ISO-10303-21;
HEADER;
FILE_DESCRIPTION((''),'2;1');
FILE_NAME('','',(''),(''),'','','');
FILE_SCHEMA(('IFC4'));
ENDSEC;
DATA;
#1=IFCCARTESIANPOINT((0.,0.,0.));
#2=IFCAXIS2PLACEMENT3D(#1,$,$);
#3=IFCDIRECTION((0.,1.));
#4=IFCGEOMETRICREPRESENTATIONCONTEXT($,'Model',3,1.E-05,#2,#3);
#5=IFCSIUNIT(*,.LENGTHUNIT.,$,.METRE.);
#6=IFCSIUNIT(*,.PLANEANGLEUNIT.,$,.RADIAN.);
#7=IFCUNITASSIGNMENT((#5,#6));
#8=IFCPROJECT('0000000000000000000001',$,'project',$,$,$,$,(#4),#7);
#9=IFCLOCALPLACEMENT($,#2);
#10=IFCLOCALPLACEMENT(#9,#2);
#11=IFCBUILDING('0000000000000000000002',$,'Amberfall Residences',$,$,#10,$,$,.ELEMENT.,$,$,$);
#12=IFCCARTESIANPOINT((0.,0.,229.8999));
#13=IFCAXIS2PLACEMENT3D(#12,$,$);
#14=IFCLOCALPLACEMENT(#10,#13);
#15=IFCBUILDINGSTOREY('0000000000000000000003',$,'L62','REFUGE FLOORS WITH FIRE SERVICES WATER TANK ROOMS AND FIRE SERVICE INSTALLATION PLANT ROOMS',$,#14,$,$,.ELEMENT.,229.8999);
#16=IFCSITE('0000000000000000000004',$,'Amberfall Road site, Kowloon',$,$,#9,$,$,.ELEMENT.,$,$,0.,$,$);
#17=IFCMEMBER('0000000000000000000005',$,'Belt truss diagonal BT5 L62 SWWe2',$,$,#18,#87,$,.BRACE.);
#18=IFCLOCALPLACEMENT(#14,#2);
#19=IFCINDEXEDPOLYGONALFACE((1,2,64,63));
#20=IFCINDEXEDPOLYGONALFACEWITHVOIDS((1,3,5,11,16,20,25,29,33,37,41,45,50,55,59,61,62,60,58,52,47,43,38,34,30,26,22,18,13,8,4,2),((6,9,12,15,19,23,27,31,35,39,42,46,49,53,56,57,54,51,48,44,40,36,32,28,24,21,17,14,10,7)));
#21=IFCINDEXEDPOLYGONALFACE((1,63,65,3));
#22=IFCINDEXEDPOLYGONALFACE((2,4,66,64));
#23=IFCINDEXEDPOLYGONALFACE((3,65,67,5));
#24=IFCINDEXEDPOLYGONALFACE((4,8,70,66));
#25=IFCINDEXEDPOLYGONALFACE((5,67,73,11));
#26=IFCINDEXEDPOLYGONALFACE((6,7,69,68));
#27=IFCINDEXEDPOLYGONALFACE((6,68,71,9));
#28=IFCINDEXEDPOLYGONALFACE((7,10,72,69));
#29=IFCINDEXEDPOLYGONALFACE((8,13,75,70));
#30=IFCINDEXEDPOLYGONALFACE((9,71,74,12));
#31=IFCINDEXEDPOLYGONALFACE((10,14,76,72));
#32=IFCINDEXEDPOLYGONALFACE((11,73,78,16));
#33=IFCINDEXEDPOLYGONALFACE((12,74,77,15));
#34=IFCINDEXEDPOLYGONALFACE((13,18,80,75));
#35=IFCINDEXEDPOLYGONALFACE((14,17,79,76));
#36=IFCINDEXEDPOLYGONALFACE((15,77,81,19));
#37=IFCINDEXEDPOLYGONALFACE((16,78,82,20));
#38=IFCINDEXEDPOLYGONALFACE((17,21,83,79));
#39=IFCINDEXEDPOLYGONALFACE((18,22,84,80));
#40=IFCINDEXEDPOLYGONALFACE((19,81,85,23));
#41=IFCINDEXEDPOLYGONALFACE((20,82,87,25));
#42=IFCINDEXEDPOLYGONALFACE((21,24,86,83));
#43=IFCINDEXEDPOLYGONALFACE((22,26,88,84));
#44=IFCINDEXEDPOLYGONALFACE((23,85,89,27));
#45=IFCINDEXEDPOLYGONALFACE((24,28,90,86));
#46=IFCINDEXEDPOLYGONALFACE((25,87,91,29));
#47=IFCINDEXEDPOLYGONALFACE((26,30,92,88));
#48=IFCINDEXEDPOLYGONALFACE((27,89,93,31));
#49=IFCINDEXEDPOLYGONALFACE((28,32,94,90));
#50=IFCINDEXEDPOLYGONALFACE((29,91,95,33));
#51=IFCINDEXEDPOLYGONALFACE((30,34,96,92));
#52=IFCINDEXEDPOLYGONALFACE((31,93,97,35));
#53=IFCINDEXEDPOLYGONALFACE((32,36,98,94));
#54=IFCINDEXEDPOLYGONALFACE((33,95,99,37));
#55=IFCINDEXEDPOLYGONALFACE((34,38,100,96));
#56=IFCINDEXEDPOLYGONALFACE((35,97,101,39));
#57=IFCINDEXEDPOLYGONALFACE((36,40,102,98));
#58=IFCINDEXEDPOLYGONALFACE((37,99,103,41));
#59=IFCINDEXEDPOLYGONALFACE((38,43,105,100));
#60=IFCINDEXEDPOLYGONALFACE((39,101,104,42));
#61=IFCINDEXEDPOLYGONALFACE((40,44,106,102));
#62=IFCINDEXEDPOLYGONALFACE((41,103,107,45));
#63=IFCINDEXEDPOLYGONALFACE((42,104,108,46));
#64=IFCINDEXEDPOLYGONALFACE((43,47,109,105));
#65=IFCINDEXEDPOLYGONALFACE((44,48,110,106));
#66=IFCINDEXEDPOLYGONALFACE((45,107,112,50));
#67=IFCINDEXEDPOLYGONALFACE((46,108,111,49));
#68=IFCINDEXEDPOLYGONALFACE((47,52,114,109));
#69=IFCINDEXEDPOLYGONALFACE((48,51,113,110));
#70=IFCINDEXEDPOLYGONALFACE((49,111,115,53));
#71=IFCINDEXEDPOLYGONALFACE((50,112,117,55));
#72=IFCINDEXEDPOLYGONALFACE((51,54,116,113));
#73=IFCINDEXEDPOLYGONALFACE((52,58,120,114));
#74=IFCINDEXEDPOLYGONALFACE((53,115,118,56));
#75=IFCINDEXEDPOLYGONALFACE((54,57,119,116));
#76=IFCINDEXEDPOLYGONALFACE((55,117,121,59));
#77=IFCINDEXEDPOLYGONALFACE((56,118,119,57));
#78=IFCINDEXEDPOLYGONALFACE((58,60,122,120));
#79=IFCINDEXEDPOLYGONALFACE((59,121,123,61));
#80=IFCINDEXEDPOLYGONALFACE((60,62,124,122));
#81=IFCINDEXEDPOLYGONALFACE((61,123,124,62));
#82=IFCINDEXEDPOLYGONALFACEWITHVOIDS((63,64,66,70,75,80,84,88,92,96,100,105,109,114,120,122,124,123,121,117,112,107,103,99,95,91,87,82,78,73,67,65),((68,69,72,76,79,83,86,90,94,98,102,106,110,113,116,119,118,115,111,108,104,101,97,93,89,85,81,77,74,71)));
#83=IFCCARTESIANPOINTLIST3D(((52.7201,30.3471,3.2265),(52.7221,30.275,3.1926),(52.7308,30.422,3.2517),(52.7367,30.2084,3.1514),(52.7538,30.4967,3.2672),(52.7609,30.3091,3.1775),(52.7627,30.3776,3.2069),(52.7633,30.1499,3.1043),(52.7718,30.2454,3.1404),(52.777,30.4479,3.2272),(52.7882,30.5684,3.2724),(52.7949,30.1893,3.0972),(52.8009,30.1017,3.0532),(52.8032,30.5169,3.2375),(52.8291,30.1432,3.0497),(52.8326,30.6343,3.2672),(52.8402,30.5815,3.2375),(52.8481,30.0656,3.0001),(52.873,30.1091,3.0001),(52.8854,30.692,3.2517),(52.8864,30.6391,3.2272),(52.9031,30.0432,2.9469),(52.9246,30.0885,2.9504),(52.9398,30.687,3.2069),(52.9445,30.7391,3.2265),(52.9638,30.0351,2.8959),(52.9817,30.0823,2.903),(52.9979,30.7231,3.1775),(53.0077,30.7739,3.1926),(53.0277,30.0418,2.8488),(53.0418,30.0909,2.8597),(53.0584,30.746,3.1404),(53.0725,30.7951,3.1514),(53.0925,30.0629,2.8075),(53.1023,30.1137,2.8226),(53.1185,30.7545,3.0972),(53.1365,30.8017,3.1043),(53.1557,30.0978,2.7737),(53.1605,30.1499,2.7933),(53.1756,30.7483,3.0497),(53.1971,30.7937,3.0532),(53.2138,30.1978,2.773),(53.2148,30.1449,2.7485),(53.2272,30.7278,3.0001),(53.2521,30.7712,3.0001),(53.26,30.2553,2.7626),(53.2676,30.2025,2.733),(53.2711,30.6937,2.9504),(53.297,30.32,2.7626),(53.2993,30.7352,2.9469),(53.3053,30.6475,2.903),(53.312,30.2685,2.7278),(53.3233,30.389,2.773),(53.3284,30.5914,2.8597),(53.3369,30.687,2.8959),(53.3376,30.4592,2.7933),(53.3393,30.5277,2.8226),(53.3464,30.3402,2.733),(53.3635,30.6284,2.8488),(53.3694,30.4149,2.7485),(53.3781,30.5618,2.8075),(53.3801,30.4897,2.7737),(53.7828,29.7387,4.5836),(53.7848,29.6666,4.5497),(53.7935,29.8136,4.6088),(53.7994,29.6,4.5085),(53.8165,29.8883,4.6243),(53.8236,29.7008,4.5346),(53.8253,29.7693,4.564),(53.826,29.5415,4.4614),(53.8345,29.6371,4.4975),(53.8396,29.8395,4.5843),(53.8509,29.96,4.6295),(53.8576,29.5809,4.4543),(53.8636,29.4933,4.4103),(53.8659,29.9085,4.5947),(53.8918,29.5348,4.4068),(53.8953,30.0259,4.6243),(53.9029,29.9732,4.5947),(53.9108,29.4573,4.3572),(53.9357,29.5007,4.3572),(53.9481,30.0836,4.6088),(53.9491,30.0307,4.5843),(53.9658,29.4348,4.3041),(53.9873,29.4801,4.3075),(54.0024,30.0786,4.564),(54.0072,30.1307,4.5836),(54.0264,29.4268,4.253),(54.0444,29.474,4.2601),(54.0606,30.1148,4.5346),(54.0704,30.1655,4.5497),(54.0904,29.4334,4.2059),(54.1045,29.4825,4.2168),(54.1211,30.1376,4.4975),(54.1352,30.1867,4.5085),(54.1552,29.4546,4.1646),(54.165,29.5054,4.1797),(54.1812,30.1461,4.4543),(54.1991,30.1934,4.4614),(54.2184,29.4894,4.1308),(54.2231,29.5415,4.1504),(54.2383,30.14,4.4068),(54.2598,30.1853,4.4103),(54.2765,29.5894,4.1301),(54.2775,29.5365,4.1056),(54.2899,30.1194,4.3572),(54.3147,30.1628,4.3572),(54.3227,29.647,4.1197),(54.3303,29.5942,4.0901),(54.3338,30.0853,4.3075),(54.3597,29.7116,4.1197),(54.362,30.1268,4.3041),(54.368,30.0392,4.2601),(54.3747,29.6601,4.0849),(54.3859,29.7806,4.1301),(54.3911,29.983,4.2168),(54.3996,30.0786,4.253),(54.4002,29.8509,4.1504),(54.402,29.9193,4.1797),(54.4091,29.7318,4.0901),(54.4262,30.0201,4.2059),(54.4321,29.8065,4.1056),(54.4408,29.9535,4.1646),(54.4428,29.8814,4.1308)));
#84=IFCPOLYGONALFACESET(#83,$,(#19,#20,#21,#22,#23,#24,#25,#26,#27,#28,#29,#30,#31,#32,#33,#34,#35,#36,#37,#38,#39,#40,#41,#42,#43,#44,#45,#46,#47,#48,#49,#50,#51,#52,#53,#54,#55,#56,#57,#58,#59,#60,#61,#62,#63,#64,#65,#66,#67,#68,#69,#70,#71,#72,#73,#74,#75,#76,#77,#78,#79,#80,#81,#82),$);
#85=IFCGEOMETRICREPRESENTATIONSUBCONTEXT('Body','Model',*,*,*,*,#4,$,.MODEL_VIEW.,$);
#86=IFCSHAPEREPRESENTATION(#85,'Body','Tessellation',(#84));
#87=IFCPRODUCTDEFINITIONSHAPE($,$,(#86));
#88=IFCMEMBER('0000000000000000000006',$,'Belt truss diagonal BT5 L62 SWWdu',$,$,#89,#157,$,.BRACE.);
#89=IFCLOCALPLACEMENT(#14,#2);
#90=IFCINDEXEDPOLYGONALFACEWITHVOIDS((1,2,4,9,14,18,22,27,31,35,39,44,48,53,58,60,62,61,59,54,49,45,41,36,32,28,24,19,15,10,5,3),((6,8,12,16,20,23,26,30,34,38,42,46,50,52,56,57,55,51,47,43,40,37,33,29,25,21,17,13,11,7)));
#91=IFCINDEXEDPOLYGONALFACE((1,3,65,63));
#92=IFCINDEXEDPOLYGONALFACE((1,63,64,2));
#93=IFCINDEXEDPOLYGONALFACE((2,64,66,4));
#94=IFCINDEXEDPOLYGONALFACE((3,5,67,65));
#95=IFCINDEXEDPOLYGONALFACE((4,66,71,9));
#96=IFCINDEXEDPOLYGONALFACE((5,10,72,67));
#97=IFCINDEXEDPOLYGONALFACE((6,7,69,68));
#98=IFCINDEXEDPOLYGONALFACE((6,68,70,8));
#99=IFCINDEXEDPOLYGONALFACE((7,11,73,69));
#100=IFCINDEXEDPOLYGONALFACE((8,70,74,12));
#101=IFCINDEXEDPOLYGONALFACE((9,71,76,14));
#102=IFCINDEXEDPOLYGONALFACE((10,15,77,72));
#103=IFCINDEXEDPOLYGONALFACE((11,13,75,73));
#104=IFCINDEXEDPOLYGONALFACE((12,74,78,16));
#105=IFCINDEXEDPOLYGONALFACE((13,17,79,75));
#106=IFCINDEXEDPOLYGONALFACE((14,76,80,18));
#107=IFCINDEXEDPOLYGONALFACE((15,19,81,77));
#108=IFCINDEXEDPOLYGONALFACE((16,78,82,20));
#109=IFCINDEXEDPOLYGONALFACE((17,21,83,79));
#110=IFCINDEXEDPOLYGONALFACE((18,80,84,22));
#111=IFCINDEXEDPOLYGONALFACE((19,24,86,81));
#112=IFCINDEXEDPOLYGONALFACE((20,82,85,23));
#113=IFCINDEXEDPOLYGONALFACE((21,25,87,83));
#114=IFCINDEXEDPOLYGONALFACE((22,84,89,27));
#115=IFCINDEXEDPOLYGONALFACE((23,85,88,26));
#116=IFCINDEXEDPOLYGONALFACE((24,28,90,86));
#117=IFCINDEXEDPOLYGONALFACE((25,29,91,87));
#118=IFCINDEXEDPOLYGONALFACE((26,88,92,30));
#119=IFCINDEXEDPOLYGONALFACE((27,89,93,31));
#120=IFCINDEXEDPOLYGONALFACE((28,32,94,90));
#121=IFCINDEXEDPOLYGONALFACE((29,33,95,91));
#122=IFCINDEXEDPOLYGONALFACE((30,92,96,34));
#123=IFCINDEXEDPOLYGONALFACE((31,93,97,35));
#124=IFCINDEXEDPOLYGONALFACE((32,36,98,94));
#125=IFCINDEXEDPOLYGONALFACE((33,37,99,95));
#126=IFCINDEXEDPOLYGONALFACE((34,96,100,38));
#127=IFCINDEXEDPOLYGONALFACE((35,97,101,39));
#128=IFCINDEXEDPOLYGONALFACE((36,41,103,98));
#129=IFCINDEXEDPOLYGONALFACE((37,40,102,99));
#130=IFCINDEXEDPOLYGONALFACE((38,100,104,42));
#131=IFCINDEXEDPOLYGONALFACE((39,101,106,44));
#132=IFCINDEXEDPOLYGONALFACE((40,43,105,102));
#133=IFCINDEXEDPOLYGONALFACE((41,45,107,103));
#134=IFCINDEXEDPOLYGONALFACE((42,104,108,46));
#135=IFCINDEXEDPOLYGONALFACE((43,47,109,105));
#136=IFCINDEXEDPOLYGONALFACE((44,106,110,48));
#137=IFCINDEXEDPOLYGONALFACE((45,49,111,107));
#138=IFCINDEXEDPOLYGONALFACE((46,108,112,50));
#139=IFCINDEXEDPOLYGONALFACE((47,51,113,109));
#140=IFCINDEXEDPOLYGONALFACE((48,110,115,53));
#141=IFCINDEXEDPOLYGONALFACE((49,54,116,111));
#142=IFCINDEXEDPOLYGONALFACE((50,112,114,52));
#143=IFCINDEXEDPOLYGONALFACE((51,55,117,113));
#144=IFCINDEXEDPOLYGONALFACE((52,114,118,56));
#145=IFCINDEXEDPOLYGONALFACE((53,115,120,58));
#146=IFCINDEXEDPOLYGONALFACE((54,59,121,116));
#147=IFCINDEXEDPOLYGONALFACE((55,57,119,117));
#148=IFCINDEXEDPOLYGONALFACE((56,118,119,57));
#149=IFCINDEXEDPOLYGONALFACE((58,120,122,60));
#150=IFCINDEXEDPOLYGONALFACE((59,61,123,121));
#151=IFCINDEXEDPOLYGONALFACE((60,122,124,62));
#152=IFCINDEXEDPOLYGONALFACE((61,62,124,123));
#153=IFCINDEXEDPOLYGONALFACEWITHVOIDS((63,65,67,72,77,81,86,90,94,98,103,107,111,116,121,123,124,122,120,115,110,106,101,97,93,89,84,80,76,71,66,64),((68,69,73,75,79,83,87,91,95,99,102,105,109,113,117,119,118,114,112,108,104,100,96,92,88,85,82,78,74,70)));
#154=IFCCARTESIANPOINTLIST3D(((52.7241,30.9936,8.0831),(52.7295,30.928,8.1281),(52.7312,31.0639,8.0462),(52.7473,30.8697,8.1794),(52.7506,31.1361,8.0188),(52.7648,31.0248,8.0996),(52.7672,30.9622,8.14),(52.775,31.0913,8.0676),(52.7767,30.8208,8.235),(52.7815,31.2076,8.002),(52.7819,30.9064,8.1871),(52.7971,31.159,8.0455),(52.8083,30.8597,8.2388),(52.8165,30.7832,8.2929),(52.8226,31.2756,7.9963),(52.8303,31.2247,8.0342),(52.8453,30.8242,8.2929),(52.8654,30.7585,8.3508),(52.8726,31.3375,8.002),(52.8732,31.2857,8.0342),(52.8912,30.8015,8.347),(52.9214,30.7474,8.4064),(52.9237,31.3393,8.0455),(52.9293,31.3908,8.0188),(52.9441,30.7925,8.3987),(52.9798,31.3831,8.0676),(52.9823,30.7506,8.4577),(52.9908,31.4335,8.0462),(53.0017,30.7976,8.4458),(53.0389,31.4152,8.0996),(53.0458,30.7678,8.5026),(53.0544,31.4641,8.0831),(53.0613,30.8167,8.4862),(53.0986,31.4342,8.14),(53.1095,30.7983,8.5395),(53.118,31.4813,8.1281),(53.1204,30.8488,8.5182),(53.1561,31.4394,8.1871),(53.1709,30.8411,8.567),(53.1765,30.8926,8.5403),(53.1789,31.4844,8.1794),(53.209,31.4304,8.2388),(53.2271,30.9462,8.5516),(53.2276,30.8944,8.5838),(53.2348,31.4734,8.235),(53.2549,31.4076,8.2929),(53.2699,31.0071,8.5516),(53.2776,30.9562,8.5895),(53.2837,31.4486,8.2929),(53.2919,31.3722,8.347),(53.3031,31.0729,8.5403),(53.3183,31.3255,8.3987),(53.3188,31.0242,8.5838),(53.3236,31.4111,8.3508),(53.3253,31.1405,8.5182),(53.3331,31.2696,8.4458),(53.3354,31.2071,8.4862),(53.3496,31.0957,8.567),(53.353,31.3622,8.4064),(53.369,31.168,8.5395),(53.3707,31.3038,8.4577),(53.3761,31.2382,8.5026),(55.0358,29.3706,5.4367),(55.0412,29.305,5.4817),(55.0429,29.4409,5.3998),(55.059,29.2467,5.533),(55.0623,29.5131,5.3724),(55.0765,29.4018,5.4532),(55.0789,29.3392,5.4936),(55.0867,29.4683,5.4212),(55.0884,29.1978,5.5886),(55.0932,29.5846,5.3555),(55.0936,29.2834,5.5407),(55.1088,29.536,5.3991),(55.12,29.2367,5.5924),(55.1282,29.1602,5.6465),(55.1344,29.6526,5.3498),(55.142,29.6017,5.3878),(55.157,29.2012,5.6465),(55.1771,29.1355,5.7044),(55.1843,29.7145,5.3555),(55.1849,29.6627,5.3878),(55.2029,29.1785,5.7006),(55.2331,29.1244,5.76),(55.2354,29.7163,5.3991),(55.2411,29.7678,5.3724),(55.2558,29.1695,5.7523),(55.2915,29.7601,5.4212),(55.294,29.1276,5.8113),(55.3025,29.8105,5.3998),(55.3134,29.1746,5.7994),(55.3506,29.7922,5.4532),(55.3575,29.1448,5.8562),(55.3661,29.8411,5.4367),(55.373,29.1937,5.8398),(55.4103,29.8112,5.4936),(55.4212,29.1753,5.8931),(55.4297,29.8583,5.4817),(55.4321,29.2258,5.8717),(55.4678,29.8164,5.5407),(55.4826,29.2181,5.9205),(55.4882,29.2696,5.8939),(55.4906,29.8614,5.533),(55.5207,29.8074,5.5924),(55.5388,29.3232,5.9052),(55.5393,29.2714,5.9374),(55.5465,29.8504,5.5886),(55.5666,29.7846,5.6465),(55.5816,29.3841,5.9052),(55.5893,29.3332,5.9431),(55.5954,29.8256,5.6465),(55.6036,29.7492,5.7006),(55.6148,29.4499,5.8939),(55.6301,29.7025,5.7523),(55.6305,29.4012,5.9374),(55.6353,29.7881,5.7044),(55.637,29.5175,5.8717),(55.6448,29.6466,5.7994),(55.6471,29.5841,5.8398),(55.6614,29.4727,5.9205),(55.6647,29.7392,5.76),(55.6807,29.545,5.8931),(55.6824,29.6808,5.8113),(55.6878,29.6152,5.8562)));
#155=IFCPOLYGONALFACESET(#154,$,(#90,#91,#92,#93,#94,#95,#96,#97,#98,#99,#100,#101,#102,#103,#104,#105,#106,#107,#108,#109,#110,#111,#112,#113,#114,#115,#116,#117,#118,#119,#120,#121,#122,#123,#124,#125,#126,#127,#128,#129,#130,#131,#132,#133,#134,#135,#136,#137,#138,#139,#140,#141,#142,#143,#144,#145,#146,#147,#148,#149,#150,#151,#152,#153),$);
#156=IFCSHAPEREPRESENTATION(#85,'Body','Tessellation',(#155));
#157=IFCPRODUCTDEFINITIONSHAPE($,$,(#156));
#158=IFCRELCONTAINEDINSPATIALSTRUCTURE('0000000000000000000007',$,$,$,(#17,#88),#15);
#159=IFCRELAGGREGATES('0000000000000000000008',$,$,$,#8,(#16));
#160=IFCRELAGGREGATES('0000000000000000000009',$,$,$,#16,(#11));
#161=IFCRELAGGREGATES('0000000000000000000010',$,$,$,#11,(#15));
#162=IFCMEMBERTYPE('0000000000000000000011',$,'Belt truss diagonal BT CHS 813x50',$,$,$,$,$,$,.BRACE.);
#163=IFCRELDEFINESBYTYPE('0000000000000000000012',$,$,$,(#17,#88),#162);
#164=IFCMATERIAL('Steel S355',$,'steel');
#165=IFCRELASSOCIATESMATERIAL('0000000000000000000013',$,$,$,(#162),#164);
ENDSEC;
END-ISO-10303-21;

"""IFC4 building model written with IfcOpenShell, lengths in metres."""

from ifc_helpers import new_model, si_unit, direction, frame, origin, origin_2d, place, context, subcontext, project, spatial, hollow_circle, extrude, material, material_profile, profile_set, type_object, element, save


model = new_model("IFC4")

# Units and contexts
model_context = context("Model", 3, precision=1e-05, world=origin(), true_north=direction((0.0, 1.0)))
body_context = subcontext(model_context, "Body", "Model", "MODEL_VIEW")
ifc_project = project(units=[si_unit("LENGTHUNIT", "METRE"), si_unit("PLANEANGLEUNIT", "RADIAN")], contexts=[model_context])

# Site, building, storey
site_placement = place(None, origin())
site = spatial("IfcSite", under=ifc_project, at=site_placement, Name="Amberfall Road site, Kowloon", CompositionType="ELEMENT", RefElevation=0.0)
building_placement = place(site_placement, origin())
building = spatial("IfcBuilding", under=site, at=building_placement, Name="Amberfall Residences", CompositionType="ELEMENT")
storey_placement = place(building_placement, frame((0.0, 0.0, 229.8999)))
storey = spatial("IfcBuildingStorey", under=building, at=storey_placement, Name="L62", Description="REFUGE FLOORS WITH FIRE SERVICES WATER TANK ROOMS AND FIRE SERVICE INSTALLATION PLANT ROOMS", CompositionType="ELEMENT", Elevation=229.8999)

# Shared definitions
ifc_material_1 = material(Name="Steel S355", Category="steel")

# Members
ifc_material_profile_1 = material_profile(ifc_material_1, hollow_circle(Radius=0.4065, WallThickness=0.05, at=origin_2d()), Name="CHS 813x50")
ifc_profile_set_1 = profile_set([ifc_material_profile_1], Name="Steel S355")
member_type = type_object("IfcMemberType", Name="Belt truss diagonal BT CHS 813x50", PredefinedType="BRACE", material=ifc_profile_set_1)
member_1_placement = place(storey_placement, frame((54.1128, 29.8101, 4.3572), z_axis=(-0.581377, 0.332826, -0.742447), x_axis=(-0.496826, -0.86785, 0.0)))
element("IfcMember", 1, at=member_1_placement, inside=storey, type_object=member_type, Name="Belt truss diagonal BT5 L62 SWWe2", PredefinedType="BRACE", context=body_context, shape_type="SweptSolid", body=[
    extrude(hollow_circle(Radius=0.4065, WallThickness=0.05, at=origin_2d()), origin(), (0.0, 0.0, 1.0), 1.8279),
])
member_2_placement = place(storey_placement, frame((55.3618, 29.4929, 5.6465), z_axis=(-0.597246, 0.419315, 0.68372), x_axis=(-0.574605, -0.818431, 0.0)))
element("IfcMember", 2, at=member_2_placement, inside=storey, type_object=member_type, Name="Belt truss diagonal BT5 L62 SWWdu", PredefinedType="BRACE", context=body_context, shape_type="SweptSolid", body=[
    extrude(hollow_circle(Radius=0.4065, WallThickness=0.05, at=origin_2d()), origin(), (0.0, 0.0, 1.0), 3.8706),
])

save(model, "model.ifc")
